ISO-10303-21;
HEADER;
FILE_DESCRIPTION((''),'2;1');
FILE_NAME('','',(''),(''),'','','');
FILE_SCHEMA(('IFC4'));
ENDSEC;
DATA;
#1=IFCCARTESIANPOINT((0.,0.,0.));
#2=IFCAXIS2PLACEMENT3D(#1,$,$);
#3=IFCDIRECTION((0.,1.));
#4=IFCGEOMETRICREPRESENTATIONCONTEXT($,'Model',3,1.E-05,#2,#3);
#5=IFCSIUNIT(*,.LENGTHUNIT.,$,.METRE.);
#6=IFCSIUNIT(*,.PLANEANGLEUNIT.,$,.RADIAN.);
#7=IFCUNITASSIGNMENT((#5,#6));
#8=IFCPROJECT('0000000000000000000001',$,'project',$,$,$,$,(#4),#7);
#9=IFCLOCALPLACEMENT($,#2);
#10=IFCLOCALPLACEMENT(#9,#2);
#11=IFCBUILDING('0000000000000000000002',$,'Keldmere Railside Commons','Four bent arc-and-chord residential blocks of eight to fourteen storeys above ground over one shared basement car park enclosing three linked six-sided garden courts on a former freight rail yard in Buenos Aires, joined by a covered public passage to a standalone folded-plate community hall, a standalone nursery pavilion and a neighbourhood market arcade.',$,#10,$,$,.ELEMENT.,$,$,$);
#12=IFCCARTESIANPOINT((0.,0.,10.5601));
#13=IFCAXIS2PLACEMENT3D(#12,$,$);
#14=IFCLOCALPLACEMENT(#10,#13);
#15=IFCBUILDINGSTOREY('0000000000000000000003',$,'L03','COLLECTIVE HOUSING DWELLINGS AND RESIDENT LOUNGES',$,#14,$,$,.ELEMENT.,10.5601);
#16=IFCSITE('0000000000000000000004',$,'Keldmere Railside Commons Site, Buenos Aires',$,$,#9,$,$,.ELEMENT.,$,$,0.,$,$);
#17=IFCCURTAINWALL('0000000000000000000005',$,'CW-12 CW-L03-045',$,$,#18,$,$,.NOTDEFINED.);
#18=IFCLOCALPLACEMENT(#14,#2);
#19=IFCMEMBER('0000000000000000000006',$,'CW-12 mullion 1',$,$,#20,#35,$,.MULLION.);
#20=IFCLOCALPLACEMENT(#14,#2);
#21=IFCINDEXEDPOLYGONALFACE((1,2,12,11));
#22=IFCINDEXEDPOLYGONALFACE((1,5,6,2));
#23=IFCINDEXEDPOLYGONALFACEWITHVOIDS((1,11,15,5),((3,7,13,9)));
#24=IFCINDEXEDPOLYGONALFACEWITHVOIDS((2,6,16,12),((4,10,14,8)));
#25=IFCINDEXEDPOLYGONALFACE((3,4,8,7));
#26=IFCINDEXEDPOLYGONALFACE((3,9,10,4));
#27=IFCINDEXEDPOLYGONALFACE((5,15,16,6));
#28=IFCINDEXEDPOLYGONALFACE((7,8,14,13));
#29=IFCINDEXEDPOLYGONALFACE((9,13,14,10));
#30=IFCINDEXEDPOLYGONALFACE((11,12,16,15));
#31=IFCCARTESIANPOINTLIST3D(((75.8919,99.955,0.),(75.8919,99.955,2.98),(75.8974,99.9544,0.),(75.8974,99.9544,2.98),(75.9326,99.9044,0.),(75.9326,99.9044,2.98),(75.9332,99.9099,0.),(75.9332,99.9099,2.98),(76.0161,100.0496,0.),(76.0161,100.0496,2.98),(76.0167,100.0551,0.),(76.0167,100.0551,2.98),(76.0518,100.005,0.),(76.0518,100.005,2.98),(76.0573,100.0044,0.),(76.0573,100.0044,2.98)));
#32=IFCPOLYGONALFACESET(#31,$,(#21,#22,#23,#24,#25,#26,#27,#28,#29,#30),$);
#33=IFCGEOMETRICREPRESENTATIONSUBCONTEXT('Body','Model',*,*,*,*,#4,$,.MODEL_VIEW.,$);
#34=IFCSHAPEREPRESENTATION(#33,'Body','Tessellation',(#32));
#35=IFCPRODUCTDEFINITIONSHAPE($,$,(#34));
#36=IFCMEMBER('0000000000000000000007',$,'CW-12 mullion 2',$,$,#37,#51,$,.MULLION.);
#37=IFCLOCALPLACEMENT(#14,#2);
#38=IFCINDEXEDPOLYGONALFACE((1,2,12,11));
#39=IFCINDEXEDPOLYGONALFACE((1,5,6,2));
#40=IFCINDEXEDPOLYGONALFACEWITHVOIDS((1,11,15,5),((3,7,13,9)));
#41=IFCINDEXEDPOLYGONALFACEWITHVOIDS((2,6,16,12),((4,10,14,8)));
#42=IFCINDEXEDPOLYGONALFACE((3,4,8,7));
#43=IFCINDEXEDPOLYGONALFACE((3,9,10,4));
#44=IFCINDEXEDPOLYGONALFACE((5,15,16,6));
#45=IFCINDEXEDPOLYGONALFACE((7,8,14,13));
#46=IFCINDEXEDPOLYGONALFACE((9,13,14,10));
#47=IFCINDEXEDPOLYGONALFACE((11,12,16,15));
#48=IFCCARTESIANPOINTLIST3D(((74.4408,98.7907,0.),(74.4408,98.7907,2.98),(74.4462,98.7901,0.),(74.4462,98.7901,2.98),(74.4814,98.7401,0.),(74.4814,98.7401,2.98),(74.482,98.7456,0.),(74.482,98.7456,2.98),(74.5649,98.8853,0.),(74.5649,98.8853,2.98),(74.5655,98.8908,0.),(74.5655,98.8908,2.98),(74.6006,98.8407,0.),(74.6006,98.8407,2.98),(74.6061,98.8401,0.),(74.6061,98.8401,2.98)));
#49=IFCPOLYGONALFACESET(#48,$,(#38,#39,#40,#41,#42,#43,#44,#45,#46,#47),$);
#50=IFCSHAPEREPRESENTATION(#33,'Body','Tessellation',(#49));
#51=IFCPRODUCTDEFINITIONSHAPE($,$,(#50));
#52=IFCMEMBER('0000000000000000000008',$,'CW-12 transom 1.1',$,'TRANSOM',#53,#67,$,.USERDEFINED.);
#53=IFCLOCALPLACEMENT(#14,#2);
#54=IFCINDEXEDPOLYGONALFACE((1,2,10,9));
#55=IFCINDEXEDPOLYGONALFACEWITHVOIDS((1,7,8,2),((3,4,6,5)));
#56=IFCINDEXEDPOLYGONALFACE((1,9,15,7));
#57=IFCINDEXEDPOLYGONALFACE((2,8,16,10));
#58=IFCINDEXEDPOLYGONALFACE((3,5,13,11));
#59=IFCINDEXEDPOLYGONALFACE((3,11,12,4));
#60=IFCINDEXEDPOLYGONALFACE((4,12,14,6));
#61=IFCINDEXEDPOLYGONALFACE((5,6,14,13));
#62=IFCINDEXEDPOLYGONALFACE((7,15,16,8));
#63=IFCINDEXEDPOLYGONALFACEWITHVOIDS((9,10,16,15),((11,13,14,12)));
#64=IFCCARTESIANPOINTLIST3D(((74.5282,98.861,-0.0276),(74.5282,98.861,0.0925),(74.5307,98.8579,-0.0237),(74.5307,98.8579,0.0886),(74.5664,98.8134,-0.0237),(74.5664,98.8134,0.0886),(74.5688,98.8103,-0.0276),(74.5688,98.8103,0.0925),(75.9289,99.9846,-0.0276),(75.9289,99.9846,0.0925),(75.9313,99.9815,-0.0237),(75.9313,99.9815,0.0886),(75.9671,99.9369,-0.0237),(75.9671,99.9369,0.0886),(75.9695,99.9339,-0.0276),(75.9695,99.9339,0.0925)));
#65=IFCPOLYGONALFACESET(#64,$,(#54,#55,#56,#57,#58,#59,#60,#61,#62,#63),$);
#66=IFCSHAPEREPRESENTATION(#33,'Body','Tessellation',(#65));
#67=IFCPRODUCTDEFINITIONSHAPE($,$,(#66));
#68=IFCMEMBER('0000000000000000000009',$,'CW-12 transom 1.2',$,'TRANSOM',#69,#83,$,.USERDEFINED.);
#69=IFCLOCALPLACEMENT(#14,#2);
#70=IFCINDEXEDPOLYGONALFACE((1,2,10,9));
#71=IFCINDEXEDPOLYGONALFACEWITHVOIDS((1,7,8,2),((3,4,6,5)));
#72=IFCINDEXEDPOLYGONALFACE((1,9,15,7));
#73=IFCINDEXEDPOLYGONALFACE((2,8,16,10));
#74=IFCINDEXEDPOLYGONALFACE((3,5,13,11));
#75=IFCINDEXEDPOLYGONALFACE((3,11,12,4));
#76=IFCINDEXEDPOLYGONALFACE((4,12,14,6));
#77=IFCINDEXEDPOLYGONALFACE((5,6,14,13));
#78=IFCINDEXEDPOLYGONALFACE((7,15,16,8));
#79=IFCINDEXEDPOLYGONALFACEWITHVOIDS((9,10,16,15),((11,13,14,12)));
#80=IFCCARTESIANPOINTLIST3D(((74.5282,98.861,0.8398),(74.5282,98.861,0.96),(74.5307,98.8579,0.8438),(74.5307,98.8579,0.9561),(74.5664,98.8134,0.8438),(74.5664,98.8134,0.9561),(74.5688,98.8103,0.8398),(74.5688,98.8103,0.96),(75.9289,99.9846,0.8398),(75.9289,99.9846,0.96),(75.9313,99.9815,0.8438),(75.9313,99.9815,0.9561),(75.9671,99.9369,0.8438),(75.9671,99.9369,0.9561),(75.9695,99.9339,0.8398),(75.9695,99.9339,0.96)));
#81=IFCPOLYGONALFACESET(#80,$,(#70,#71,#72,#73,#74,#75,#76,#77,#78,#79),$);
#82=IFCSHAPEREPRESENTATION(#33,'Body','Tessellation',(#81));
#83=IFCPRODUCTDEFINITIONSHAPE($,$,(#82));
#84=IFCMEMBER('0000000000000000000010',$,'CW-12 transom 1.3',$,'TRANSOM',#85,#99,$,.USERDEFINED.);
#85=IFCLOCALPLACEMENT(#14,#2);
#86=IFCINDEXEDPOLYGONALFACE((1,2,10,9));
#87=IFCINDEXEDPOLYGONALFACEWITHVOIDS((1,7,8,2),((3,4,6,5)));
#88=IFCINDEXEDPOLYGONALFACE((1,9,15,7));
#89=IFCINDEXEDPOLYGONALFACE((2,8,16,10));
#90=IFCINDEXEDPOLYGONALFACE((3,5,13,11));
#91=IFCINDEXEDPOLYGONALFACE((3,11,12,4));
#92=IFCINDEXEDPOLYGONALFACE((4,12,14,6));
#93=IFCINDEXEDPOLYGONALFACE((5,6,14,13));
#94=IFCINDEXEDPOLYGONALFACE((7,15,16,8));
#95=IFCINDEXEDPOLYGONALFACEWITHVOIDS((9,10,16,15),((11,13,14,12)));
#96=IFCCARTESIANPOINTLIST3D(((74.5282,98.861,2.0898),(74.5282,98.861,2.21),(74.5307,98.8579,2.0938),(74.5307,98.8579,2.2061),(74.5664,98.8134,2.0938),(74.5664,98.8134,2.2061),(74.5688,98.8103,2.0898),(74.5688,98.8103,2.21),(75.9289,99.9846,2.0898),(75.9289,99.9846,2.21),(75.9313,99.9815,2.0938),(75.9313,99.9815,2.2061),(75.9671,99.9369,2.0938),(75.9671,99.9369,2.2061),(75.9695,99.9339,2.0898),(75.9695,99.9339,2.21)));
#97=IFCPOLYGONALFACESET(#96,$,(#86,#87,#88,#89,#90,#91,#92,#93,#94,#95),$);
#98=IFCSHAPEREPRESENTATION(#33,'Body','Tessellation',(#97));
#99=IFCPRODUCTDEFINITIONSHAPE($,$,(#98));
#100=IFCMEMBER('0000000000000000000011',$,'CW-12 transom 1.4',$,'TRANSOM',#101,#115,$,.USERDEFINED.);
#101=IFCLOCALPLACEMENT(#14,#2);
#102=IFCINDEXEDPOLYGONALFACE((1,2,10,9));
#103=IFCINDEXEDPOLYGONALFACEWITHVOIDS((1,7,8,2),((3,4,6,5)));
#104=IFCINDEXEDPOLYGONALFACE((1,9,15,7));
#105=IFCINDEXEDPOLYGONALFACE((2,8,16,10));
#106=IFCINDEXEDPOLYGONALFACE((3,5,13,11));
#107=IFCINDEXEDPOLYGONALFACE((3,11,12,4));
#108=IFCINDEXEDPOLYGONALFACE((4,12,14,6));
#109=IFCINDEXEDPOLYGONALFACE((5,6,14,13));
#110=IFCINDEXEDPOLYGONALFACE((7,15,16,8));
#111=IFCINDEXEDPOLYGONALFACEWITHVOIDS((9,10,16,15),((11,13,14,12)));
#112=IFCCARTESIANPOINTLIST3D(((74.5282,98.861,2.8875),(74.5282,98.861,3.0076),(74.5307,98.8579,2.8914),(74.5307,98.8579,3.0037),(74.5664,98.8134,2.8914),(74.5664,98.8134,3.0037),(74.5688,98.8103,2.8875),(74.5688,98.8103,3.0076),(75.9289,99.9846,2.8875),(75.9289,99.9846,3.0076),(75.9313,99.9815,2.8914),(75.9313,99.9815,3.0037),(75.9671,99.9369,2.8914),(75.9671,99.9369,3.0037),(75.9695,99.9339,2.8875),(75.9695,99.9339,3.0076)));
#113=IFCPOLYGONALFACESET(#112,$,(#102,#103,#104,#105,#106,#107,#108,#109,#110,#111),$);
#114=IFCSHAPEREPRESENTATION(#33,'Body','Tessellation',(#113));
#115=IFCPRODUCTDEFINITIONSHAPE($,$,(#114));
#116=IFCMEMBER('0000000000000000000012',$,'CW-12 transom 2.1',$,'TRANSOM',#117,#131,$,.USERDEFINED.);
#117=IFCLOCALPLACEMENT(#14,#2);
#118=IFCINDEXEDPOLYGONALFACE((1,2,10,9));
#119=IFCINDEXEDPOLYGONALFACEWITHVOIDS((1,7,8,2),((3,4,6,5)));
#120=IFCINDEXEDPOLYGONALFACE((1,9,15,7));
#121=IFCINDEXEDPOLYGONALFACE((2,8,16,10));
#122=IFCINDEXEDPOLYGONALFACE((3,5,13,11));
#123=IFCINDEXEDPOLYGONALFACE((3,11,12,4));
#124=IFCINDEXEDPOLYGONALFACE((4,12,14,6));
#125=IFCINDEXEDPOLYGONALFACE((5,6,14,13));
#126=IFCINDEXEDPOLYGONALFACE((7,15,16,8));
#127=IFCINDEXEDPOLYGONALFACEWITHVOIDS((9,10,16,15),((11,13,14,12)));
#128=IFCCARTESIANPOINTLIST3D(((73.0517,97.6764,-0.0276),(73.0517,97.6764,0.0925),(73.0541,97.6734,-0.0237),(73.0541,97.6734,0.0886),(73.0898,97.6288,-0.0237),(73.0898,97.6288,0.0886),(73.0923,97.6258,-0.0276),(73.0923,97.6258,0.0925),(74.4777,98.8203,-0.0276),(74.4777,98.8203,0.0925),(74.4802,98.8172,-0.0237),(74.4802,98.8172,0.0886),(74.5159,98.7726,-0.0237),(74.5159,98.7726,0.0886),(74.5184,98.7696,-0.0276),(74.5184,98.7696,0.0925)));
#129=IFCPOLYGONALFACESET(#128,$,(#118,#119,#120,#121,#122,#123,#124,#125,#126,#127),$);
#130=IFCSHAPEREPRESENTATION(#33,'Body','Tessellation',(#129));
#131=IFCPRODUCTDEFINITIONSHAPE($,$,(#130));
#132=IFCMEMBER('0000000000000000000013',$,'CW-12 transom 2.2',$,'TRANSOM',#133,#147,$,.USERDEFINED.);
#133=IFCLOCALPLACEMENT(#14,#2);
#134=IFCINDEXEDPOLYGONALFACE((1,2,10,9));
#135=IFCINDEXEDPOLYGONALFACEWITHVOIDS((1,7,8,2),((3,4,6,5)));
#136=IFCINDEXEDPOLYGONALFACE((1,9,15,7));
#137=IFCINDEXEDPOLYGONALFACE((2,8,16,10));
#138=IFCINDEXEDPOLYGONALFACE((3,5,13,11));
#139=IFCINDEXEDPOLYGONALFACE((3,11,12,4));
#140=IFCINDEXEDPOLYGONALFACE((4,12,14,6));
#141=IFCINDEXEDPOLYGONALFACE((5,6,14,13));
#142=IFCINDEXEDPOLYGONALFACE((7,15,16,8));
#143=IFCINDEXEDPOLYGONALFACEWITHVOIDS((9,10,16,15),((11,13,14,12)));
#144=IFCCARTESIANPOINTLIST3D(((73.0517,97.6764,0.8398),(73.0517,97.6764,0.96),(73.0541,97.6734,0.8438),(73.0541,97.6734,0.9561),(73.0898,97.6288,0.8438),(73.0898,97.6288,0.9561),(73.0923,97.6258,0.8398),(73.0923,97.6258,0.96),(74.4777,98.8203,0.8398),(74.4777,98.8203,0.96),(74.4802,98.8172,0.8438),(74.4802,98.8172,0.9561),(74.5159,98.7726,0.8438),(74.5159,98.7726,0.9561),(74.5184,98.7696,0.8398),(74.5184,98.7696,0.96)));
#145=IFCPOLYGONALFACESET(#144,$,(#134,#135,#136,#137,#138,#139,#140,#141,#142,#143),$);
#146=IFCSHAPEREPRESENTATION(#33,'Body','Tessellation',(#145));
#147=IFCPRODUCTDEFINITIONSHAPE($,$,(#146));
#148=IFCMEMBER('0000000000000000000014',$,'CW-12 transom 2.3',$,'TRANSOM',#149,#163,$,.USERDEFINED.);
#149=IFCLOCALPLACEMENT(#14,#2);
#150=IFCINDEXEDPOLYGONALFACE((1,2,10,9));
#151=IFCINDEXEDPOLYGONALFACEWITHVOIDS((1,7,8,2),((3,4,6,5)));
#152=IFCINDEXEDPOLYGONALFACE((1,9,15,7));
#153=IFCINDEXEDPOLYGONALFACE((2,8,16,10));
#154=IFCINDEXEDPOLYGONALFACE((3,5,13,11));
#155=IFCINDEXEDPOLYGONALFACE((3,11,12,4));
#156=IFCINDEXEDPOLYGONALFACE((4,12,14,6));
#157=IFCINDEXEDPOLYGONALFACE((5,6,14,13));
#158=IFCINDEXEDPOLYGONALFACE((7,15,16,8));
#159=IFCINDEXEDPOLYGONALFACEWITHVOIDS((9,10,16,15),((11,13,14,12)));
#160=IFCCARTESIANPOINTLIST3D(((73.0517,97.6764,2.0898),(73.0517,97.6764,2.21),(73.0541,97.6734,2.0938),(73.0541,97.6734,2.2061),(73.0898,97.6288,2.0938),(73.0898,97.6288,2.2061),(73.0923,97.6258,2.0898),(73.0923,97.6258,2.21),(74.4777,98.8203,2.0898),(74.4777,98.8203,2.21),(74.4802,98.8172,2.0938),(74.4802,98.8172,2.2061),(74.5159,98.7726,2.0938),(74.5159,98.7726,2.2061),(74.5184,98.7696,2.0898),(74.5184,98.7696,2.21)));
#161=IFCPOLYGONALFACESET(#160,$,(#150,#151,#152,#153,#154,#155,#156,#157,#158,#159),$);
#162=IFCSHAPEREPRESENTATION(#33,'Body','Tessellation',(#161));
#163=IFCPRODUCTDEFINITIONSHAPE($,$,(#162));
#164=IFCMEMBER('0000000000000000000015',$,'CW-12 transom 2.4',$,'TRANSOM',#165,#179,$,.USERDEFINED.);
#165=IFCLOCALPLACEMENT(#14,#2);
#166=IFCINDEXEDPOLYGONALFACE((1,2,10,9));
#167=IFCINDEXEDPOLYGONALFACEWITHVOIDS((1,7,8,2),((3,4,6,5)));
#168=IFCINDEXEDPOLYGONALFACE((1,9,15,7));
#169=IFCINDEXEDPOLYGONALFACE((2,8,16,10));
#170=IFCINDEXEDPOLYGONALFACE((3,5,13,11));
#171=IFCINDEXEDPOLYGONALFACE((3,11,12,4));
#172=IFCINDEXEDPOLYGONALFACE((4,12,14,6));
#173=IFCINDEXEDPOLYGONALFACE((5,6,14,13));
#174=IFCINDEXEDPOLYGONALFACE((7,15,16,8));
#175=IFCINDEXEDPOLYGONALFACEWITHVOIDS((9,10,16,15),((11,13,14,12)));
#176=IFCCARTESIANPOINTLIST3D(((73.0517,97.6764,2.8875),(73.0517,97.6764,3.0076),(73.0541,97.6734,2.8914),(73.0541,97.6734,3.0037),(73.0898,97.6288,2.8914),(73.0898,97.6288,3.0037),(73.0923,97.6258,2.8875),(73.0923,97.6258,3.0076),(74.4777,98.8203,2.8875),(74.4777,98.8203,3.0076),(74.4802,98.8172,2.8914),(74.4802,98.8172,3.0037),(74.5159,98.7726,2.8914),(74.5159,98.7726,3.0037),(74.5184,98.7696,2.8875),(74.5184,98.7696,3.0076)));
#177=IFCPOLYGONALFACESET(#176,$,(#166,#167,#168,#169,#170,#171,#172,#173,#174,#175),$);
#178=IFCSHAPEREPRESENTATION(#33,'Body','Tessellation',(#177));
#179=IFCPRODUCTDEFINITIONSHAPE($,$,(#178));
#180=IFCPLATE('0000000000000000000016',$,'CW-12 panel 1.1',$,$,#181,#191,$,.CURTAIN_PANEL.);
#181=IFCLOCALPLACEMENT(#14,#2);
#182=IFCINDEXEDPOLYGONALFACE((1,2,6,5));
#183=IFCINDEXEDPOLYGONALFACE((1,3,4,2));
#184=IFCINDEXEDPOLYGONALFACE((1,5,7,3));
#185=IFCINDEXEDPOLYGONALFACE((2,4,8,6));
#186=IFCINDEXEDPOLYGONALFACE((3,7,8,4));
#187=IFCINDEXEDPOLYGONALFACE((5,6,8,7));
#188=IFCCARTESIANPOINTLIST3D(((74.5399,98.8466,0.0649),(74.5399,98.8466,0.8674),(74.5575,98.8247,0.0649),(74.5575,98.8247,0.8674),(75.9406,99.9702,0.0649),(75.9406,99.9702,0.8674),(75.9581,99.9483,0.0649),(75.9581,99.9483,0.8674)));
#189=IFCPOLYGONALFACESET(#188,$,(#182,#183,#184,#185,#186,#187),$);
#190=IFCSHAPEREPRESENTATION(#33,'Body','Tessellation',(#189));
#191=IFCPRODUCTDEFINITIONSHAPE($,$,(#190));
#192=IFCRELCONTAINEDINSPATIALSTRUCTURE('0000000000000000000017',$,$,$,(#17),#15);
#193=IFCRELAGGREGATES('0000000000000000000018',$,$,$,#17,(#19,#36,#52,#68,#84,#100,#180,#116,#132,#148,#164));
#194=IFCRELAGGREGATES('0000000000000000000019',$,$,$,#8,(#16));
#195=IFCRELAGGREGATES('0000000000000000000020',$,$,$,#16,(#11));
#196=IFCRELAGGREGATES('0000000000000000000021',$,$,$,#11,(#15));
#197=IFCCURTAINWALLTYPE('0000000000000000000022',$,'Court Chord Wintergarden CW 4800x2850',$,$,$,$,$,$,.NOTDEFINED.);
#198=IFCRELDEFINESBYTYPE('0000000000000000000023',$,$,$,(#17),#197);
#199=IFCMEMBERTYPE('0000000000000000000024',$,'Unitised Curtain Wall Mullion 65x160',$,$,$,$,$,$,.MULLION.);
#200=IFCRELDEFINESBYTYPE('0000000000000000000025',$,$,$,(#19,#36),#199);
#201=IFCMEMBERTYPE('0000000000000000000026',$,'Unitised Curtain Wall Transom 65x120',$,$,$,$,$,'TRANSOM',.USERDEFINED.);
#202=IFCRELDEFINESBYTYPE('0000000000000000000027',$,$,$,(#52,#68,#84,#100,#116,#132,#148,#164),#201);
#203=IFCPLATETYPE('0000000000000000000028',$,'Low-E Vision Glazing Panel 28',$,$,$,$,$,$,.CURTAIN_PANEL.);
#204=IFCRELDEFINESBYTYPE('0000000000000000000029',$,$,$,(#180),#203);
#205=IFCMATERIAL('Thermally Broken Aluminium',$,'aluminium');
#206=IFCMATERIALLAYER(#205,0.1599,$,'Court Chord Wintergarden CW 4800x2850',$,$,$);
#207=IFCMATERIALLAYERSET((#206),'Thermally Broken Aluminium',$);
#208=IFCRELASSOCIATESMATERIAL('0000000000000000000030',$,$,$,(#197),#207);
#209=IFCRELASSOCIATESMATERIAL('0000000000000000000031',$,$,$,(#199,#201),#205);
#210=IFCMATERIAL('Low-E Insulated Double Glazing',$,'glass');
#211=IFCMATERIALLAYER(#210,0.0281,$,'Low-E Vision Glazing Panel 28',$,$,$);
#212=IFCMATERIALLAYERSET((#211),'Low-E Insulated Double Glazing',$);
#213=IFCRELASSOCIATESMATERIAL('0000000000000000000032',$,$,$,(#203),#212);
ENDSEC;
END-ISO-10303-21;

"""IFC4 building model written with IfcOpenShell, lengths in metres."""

from ifc_helpers import new_model, si_unit, direction, frame, origin, origin_2d, place, context, subcontext, project, spatial, rectangle, hollow_rectangle, extrude, material, layer, layer_set, material_profile, profile_set, type_object, element, aggregate, save


model = new_model("IFC4")

# Units and contexts
model_context = context("Model", 3, precision=1e-05, world=origin(), true_north=direction((0.0, 1.0)))
body_context = subcontext(model_context, "Body", "Model", "MODEL_VIEW")
ifc_project = project(units=[si_unit("LENGTHUNIT", "METRE"), si_unit("PLANEANGLEUNIT", "RADIAN")], contexts=[model_context])

# Site, building, storey
site_placement = place(None, origin())
site = spatial("IfcSite", under=ifc_project, at=site_placement, Name="Keldmere Railside Commons Site, Buenos Aires", CompositionType="ELEMENT", RefElevation=0.0)
building_placement = place(site_placement, origin())
building = spatial("IfcBuilding", under=site, at=building_placement, Name="Keldmere Railside Commons", Description="Four bent arc-and-chord residential blocks of eight to fourteen storeys above ground over one shared basement car park enclosing three linked six-sided garden courts on a former freight rail yard in Buenos Aires, joined by a covered public passage to a standalone folded-plate community hall, a standalone nursery pavilion and a neighbourhood market arcade.", CompositionType="ELEMENT")
storey_placement = place(building_placement, frame((0.0, 0.0, 10.5601)))
storey = spatial("IfcBuildingStorey", under=building, at=storey_placement, Name="L03", Description="COLLECTIVE HOUSING DWELLINGS AND RESIDENT LOUNGES", CompositionType="ELEMENT", Elevation=10.5601)

# Curtain wall, members, plate
ifc_material_1 = material(Name="Thermally Broken Aluminium", Category="aluminium")
ifc_layer_1 = layer(ifc_material_1, 0.1599, Name="Court Chord Wintergarden CW 4800x2850")
ifc_layer_set_1 = layer_set([ifc_layer_1], Name="Thermally Broken Aluminium")
curtain_wall_type = type_object("IfcCurtainWallType", Name="Court Chord Wintergarden CW 4800x2850", PredefinedType="NOTDEFINED", material=ifc_layer_set_1)
curtain_wall_placement = place(storey_placement, origin())
curtain_wall = element("IfcCurtainWall", 1, at=curtain_wall_placement, inside=storey, type_object=curtain_wall_type, Name="CW-12 CW-L03-045", PredefinedType="NOTDEFINED")
ifc_material_profile_1 = material_profile(ifc_material_1, hollow_rectangle(XDim=0.0649, YDim=0.1599, WallThickness=0.0039, at=origin_2d()), Name="ALU-MULL-65x160")
ifc_profile_set_1 = profile_set([ifc_material_profile_1], Name="Thermally Broken Aluminium")
member_type_1 = type_object("IfcMemberType", Name="Unitised Curtain Wall Mullion 65x160", PredefinedType="MULLION", material=ifc_profile_set_1)
member_1_placement = place(storey_placement, frame((75.9746, 99.9797, 0.0), z_axis=(0.0, 0.0, 1.0), x_axis=(0.625768, -0.780009, 0.0)))
member_1 = element("IfcMember", 2, at=member_1_placement, type_object=member_type_1, Name="CW-12 mullion 1", PredefinedType="MULLION", context=body_context, shape_type="SweptSolid", body=[
    extrude(hollow_rectangle(XDim=0.0649, YDim=0.1599, WallThickness=0.0039, at=origin_2d()), origin(), (0.0, 0.0, 1.0), 2.98),
])
member_2_placement = place(storey_placement, frame((74.5234, 98.8154, 0.0), z_axis=(0.0, 0.0, 1.0), x_axis=(0.625768, -0.780009, 0.0)))
member_2 = element("IfcMember", 3, at=member_2_placement, type_object=member_type_1, Name="CW-12 mullion 2", PredefinedType="MULLION", context=body_context, shape_type="SweptSolid", body=[
    extrude(hollow_rectangle(XDim=0.0649, YDim=0.1599, WallThickness=0.0039, at=origin_2d()), origin(), (0.0, 0.0, 1.0), 2.98),
])
ifc_material_profile_2 = material_profile(ifc_material_1, hollow_rectangle(XDim=0.0649, YDim=0.1201, WallThickness=0.0039, at=origin_2d()), Name="ALU-TRAN-65x120")
ifc_profile_set_2 = profile_set([ifc_material_profile_2], Name="Thermally Broken Aluminium")
member_type_2 = type_object("IfcMemberType", Name="Unitised Curtain Wall Transom 65x120", ElementType="TRANSOM", PredefinedType="USERDEFINED", material=ifc_profile_set_2)
member_3_placement = place(storey_placement, frame((75.9492, 99.9592, 0.0325), z_axis=(-0.780046, -0.625723, 0.0), x_axis=(0.625723, -0.780046, 0.0)))
member_3 = element("IfcMember", 4, at=member_3_placement, type_object=member_type_2, Name="CW-12 transom 1.1", ObjectType="TRANSOM", PredefinedType="USERDEFINED", context=body_context, shape_type="SweptSolid", body=[
    extrude(hollow_rectangle(XDim=0.0649, YDim=0.1201, WallThickness=0.0039, at=origin_2d()), origin(), (0.0, 0.0, 1.0), 1.7957),
])
member_4_placement = place(storey_placement, frame((75.9492, 99.9592, 0.8999), z_axis=(-0.780046, -0.625723, 0.0), x_axis=(0.625723, -0.780046, 0.0)))
member_4 = element("IfcMember", 5, at=member_4_placement, type_object=member_type_2, Name="CW-12 transom 1.2", ObjectType="TRANSOM", PredefinedType="USERDEFINED", context=body_context, shape_type="SweptSolid", body=[
    extrude(hollow_rectangle(XDim=0.0649, YDim=0.1201, WallThickness=0.0039, at=origin_2d()), origin(), (0.0, 0.0, 1.0), 1.7957),
])
member_5_placement = place(storey_placement, frame((75.9492, 99.9592, 2.1499), z_axis=(-0.780046, -0.625723, 0.0), x_axis=(0.625723, -0.780046, 0.0)))
member_5 = element("IfcMember", 6, at=member_5_placement, type_object=member_type_2, Name="CW-12 transom 1.3", ObjectType="TRANSOM", PredefinedType="USERDEFINED", context=body_context, shape_type="SweptSolid", body=[
    extrude(hollow_rectangle(XDim=0.0649, YDim=0.1201, WallThickness=0.0039, at=origin_2d()), origin(), (0.0, 0.0, 1.0), 1.7957),
])
member_6_placement = place(storey_placement, frame((75.9492, 99.9592, 2.9475), z_axis=(-0.780046, -0.625723, 0.0), x_axis=(0.625723, -0.780046, 0.0)))
member_6 = element("IfcMember", 7, at=member_6_placement, type_object=member_type_2, Name="CW-12 transom 1.4", ObjectType="TRANSOM", PredefinedType="USERDEFINED", context=body_context, shape_type="SweptSolid", body=[
    extrude(hollow_rectangle(XDim=0.0649, YDim=0.1201, WallThickness=0.0039, at=origin_2d()), origin(), (0.0, 0.0, 1.0), 1.7957),
])
member_7_placement = place(storey_placement, frame((74.498, 98.7949, 0.0325), z_axis=(-0.780073, -0.625688, 0.0), x_axis=(0.625688, -0.780073, 0.0)))
member_7 = element("IfcMember", 8, at=member_7_placement, type_object=member_type_2, Name="CW-12 transom 2.1", ObjectType="TRANSOM", PredefinedType="USERDEFINED", context=body_context, shape_type="SweptSolid", body=[
    extrude(hollow_rectangle(XDim=0.0649, YDim=0.1201, WallThickness=0.0039, at=origin_2d()), origin(), (0.0, 0.0, 1.0), 1.8281),
])
member_8_placement = place(storey_placement, frame((74.498, 98.7949, 0.8999), z_axis=(-0.780073, -0.625688, 0.0), x_axis=(0.625688, -0.780073, 0.0)))
member_8 = element("IfcMember", 9, at=member_8_placement, type_object=member_type_2, Name="CW-12 transom 2.2", ObjectType="TRANSOM", PredefinedType="USERDEFINED", context=body_context, shape_type="SweptSolid", body=[
    extrude(hollow_rectangle(XDim=0.0649, YDim=0.1201, WallThickness=0.0039, at=origin_2d()), origin(), (0.0, 0.0, 1.0), 1.8281),
])
member_9_placement = place(storey_placement, frame((74.498, 98.7949, 2.1499), z_axis=(-0.780073, -0.625688, 0.0), x_axis=(0.625688, -0.780073, 0.0)))
member_9 = element("IfcMember", 10, at=member_9_placement, type_object=member_type_2, Name="CW-12 transom 2.3", ObjectType="TRANSOM", PredefinedType="USERDEFINED", context=body_context, shape_type="SweptSolid", body=[
    extrude(hollow_rectangle(XDim=0.0649, YDim=0.1201, WallThickness=0.0039, at=origin_2d()), origin(), (0.0, 0.0, 1.0), 1.8281),
])
member_10_placement = place(storey_placement, frame((74.498, 98.7949, 2.9475), z_axis=(-0.780073, -0.625688, 0.0), x_axis=(0.625688, -0.780073, 0.0)))
member_10 = element("IfcMember", 11, at=member_10_placement, type_object=member_type_2, Name="CW-12 transom 2.4", ObjectType="TRANSOM", PredefinedType="USERDEFINED", context=body_context, shape_type="SweptSolid", body=[
    extrude(hollow_rectangle(XDim=0.0649, YDim=0.1201, WallThickness=0.0039, at=origin_2d()), origin(), (0.0, 0.0, 1.0), 1.8281),
])
ifc_material_2 = material(Name="Low-E Insulated Double Glazing", Category="glass")
ifc_layer_2 = layer(ifc_material_2, 0.0281, Name="Low-E Vision Glazing Panel 28")
ifc_layer_set_2 = layer_set([ifc_layer_2], Name="Low-E Insulated Double Glazing")
plate_type = type_object("IfcPlateType", Name="Low-E Vision Glazing Panel 28", PredefinedType="CURTAIN_PANEL", material=ifc_layer_set_2)
plate_1_placement = place(storey_placement, frame((75.249, 99.3975, 0.0649), z_axis=(0.0, 0.0, 1.0), x_axis=(-0.780009, -0.625768, 0.0)))
plate_1 = element("IfcPlate", 12, at=plate_1_placement, type_object=plate_type, Name="CW-12 panel 1.1", PredefinedType="CURTAIN_PANEL", context=body_context, shape_type="SweptSolid", body=[
    extrude(rectangle(XDim=1.7957, YDim=0.0281, at=origin_2d()), origin(), (0.0, 0.0, 1.0), 0.8025),
])
aggregate(curtain_wall, [member_1, member_2, member_3, member_4, member_5, member_6, plate_1, member_7, member_8, member_9, member_10])

save(model, "model.ifc")
